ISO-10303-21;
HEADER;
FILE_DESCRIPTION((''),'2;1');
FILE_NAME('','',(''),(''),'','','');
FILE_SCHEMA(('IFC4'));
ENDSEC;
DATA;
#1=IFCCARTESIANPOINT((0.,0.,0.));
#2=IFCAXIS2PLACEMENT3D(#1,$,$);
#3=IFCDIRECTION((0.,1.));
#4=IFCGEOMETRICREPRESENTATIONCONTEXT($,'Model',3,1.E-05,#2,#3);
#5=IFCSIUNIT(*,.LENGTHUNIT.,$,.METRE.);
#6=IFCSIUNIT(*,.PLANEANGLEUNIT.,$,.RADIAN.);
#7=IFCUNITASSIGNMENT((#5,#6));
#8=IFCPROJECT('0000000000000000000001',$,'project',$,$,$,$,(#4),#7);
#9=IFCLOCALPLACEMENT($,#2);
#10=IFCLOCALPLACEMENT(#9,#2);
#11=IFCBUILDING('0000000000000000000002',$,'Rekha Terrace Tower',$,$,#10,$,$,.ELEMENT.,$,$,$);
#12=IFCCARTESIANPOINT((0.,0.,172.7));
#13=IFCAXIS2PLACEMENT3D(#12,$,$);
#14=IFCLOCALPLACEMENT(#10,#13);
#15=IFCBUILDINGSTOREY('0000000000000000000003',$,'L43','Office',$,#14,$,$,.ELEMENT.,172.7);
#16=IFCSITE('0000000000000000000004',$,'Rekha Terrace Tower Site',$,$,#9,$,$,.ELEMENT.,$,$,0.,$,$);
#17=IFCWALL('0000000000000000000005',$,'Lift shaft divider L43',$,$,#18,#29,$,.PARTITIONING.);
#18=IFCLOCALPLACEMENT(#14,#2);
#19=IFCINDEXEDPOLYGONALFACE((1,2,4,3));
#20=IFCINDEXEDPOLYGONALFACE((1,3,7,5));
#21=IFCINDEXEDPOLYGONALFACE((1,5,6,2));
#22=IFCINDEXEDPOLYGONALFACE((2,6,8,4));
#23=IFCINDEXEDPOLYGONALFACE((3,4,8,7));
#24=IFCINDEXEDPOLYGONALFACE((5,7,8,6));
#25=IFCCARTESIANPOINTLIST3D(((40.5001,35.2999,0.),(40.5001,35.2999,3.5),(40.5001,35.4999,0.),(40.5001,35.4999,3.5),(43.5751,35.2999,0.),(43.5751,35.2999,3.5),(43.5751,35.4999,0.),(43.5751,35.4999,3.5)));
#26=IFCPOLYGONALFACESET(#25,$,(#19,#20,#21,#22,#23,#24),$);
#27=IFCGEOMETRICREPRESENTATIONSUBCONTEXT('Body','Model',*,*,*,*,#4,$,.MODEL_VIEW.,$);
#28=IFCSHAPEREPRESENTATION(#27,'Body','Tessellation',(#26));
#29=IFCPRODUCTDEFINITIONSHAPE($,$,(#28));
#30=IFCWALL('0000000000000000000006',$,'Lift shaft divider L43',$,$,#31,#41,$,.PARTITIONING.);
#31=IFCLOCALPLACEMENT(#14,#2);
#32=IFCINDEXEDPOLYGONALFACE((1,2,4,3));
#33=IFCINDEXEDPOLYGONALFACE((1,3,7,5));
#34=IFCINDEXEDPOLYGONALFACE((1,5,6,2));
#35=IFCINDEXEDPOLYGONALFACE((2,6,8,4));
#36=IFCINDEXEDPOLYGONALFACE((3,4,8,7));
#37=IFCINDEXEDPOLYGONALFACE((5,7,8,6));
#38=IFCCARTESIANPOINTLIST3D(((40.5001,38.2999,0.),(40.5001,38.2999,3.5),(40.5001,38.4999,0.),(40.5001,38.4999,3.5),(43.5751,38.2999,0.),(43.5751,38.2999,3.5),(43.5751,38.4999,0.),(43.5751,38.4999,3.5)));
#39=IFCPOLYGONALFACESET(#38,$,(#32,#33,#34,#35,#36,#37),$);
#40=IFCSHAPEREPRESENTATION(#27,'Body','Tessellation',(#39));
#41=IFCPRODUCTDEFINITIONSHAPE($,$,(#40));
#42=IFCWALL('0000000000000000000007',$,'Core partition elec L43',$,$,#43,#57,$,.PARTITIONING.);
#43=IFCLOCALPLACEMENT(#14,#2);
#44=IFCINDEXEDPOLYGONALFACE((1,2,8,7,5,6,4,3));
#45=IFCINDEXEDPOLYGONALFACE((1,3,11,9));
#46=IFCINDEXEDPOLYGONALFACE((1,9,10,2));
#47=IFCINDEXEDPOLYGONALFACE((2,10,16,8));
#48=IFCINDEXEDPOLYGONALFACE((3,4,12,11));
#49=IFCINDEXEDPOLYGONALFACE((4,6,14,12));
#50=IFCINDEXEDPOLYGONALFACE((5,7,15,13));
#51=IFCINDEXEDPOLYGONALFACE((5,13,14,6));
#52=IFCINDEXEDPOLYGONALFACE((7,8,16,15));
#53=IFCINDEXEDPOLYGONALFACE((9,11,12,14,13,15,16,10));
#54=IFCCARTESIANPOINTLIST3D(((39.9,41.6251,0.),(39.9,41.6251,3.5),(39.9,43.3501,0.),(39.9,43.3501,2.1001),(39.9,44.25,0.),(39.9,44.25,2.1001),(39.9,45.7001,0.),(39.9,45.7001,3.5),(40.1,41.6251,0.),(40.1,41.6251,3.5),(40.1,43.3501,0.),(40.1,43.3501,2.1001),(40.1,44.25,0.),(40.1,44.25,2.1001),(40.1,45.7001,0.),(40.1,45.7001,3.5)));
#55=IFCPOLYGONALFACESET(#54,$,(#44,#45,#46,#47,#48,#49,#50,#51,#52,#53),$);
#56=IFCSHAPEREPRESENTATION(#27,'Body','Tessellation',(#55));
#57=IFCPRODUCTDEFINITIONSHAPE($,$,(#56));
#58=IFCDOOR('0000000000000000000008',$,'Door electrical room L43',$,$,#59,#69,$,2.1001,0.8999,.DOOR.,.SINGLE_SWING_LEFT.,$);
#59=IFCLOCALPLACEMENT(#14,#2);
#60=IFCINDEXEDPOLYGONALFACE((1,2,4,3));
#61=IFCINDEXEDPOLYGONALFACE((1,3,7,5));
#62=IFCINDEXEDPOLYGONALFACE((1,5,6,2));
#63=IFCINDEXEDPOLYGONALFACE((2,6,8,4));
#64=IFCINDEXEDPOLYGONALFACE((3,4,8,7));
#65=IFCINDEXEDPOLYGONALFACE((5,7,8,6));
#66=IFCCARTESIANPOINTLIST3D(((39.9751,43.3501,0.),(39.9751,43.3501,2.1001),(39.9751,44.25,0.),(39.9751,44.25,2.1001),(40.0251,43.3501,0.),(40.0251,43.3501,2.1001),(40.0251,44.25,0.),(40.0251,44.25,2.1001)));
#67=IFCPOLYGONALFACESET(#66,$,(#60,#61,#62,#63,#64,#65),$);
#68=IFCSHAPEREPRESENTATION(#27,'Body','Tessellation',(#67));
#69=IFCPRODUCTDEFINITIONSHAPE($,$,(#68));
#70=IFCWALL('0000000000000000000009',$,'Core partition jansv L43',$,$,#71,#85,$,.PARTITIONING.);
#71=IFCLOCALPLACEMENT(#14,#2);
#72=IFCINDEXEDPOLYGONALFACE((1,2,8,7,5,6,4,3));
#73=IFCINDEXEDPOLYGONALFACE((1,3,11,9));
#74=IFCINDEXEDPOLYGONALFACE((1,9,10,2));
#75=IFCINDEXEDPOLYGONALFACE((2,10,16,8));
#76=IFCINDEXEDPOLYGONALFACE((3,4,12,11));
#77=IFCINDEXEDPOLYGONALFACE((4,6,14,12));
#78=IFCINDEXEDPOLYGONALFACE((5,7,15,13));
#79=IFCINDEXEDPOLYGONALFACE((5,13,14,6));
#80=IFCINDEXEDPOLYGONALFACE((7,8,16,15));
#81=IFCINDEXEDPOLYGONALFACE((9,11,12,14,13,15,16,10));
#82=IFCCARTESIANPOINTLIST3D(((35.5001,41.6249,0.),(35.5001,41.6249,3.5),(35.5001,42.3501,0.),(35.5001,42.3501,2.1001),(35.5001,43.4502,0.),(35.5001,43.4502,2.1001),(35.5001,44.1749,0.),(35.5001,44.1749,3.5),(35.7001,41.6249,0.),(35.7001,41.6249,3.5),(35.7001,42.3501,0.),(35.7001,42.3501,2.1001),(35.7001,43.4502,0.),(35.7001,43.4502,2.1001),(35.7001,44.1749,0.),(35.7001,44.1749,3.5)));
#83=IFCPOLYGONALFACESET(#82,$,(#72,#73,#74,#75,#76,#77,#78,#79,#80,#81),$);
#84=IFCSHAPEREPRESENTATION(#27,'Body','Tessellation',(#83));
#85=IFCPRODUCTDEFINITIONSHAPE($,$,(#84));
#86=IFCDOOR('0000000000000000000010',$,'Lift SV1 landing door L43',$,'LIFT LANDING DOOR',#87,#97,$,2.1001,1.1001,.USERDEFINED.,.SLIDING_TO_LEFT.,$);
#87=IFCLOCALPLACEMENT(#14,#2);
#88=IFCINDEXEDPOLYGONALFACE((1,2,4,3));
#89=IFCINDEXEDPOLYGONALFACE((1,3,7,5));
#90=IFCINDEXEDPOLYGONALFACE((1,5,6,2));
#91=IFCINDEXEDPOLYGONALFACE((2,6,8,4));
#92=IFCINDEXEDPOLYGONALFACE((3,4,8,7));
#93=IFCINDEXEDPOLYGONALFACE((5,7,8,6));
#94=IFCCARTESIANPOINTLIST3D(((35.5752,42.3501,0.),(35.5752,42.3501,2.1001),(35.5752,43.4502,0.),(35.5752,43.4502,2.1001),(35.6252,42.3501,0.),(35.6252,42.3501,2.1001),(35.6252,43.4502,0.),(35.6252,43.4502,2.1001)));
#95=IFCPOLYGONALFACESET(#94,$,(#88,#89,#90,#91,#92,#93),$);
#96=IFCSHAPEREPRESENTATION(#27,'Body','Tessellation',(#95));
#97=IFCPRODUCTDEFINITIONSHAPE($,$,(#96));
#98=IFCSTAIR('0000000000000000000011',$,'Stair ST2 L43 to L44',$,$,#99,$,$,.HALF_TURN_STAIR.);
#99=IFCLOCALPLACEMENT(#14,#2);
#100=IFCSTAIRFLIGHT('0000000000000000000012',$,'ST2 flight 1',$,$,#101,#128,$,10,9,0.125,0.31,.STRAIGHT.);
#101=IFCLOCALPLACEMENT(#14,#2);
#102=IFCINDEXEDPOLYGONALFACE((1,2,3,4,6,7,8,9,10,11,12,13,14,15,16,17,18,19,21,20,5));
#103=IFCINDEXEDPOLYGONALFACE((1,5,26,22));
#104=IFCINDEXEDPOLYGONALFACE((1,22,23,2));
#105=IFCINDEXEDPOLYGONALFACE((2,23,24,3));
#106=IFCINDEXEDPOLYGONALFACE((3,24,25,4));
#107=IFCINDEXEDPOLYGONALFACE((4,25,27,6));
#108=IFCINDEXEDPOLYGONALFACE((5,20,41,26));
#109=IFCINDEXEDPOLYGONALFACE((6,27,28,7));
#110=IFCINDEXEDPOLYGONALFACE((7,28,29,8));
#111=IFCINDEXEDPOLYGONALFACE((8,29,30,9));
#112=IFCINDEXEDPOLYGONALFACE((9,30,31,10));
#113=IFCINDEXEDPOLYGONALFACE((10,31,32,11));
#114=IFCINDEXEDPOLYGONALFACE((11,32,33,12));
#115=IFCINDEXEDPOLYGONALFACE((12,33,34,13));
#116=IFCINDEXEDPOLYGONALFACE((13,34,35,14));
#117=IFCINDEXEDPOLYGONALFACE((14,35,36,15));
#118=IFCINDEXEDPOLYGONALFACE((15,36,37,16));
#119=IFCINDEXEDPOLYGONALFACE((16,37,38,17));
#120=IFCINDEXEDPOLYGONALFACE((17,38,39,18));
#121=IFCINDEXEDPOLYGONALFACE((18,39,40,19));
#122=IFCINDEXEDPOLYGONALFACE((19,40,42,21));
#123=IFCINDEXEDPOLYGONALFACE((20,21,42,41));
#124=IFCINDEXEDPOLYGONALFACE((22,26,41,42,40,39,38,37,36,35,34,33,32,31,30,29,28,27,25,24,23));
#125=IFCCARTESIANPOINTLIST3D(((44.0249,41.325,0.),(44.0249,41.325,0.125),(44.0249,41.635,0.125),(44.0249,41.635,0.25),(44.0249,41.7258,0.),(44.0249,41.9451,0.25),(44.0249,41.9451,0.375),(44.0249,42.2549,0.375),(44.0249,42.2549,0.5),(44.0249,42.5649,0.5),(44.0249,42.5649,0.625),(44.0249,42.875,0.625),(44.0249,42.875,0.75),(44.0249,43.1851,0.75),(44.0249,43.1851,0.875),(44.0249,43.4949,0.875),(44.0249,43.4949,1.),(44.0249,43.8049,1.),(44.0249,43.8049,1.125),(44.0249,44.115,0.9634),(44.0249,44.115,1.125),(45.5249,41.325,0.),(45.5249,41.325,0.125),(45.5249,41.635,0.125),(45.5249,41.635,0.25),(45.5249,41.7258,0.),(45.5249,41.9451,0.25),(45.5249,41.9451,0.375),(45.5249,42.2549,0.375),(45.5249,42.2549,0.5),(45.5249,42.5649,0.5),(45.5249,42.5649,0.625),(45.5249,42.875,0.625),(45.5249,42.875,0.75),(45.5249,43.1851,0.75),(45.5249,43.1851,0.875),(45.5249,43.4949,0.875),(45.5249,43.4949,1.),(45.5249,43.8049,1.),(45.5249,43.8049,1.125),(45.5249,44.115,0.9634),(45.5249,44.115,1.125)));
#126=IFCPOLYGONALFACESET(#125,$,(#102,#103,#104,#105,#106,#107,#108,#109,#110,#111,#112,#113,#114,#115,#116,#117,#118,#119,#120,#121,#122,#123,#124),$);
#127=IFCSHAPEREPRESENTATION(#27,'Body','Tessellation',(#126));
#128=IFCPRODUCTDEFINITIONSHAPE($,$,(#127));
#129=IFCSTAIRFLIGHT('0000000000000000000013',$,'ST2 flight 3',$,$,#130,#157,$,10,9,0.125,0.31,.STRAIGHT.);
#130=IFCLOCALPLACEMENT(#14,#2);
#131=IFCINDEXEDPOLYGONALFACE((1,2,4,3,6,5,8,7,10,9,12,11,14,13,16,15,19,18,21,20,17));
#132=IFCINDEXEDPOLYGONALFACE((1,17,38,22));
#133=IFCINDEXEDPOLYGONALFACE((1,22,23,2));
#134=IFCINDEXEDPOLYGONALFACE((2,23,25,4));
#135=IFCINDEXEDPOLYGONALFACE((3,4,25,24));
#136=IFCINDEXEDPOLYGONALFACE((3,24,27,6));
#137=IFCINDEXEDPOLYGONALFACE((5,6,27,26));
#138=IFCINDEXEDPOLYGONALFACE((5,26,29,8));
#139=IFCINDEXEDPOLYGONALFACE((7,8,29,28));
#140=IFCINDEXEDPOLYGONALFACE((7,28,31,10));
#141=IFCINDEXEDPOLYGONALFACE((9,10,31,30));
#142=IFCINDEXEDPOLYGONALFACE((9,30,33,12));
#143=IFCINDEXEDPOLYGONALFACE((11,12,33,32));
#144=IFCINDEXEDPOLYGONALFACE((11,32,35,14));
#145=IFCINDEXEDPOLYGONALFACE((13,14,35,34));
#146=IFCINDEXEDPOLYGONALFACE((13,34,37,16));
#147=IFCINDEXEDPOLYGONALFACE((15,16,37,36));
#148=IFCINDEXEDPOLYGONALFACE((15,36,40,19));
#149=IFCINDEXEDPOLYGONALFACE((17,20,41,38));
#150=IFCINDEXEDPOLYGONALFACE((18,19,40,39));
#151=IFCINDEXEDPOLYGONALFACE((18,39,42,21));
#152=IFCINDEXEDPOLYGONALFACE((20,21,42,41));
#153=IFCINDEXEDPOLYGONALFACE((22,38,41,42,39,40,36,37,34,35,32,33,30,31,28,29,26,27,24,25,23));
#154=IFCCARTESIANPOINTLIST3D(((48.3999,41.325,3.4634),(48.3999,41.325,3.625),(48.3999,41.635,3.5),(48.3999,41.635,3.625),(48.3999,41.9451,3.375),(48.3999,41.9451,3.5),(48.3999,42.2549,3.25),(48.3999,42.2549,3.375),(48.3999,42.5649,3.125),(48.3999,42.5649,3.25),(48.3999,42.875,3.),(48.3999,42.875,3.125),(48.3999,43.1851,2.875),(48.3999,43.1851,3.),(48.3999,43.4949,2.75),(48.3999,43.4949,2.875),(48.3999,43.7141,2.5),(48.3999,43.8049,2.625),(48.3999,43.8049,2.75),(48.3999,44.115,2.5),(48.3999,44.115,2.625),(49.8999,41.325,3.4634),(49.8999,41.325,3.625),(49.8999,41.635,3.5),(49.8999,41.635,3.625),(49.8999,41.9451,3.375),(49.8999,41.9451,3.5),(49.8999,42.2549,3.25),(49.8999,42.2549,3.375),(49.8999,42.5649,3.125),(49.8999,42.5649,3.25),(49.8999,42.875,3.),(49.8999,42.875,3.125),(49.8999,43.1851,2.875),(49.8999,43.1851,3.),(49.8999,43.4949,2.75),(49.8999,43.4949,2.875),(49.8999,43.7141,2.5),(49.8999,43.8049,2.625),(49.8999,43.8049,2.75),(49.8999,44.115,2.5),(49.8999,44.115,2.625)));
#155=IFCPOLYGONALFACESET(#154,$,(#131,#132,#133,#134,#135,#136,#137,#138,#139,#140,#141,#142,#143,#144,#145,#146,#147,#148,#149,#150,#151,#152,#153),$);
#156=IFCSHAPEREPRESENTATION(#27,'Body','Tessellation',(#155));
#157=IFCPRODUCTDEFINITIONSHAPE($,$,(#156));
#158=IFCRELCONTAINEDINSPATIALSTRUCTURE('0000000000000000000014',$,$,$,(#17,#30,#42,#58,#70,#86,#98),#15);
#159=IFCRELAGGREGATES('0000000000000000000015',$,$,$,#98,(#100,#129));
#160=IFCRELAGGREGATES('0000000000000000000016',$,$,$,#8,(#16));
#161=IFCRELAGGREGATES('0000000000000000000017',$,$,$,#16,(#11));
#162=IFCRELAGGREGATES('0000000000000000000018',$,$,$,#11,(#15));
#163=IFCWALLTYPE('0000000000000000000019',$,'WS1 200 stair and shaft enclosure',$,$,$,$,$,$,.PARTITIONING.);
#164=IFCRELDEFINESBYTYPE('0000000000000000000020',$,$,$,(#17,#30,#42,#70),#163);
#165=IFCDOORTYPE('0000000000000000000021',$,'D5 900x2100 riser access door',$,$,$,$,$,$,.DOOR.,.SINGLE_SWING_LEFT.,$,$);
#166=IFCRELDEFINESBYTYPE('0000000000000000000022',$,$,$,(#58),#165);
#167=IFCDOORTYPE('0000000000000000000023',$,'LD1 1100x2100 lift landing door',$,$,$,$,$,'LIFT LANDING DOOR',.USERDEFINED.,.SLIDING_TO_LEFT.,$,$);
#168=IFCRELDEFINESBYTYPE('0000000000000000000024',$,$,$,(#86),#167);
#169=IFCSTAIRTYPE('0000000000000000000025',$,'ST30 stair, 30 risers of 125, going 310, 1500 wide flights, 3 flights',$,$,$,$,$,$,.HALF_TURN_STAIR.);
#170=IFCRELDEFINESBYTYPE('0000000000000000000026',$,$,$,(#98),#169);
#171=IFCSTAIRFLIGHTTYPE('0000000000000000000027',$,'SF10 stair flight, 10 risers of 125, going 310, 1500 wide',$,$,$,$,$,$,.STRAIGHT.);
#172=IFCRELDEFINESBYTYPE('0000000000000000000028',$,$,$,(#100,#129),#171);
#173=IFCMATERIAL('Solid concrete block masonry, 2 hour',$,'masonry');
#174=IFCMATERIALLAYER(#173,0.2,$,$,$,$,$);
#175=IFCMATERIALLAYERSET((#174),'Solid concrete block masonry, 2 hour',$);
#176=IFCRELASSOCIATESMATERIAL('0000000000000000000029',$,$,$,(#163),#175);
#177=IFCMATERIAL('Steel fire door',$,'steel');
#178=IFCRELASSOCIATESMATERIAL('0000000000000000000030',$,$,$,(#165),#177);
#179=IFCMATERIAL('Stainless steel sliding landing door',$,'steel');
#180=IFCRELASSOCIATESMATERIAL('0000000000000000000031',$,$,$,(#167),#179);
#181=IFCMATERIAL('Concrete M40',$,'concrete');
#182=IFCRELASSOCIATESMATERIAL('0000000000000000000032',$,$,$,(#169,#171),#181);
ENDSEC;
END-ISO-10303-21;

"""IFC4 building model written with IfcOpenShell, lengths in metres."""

from ifc_helpers import new_model, si_unit, direction, frame, frame_2d, origin, place, context, subcontext, project, spatial, polyline, rectangle, outline, extrude, material, layer, layer_set, type_object, element, fill, aggregate, save


model = new_model("IFC4")

# Units and contexts
model_context = context("Model", 3, precision=1e-05, world=origin(), true_north=direction((0.0, 1.0)))
body_context = subcontext(model_context, "Body", "Model", "MODEL_VIEW")
ifc_project = project(units=[si_unit("LENGTHUNIT", "METRE"), si_unit("PLANEANGLEUNIT", "RADIAN")], contexts=[model_context])

# Site, building, storey
site_placement = place(None, origin())
site = spatial("IfcSite", under=ifc_project, at=site_placement, Name="Rekha Terrace Tower Site", CompositionType="ELEMENT", RefElevation=0.0)
building_placement = place(site_placement, origin())
building = spatial("IfcBuilding", under=site, at=building_placement, Name="Rekha Terrace Tower", CompositionType="ELEMENT")
storey_placement = place(building_placement, frame((0.0, 0.0, 172.7)))
storey = spatial("IfcBuildingStorey", under=building, at=storey_placement, Name="L43", Description="Office", CompositionType="ELEMENT", Elevation=172.7)

# Shared definitions
ifc_material_1 = material(Name="Stainless steel sliding landing door", Category="steel")
ifc_material_2 = material(Name="Steel fire door", Category="steel")

# Walls
ifc_material_3 = material(Name="Solid concrete block masonry, 2 hour", Category="masonry")
ifc_layer_1 = layer(ifc_material_3, 0.2)
ifc_layer_set_1 = layer_set([ifc_layer_1], Name="Solid concrete block masonry, 2 hour")
wall_type_1 = type_object("IfcWallType", Name="WS1 200 stair and shaft enclosure", PredefinedType="PARTITIONING", material=ifc_layer_set_1)
for number, where, z_axis, x_axis, name in (
    (1, (40.5, 35.3999, 0.0), (0.0, 0.0, 1.0), (1.0, 0.0, 0.0), "Lift shaft divider L43"),
    (2, (40.5, 38.3999, 0.0), (0.0, 0.0, 1.0), (1.0, 0.0, 0.0), "Lift shaft divider L43"),
):
    element("IfcWall", number, at=place(storey_placement, frame(where, z_axis=z_axis, x_axis=x_axis)), inside=storey, type_object=wall_type_1, Name=name, PredefinedType="PARTITIONING", context=body_context, shape_type="SweptSolid", body=[
        extrude(rectangle(XDim=3.075, YDim=0.2, at=frame_2d((1.5376, 0.0))), origin(), (0.0, 0.0, 1.0), 3.5),
    ])

# Walls, openings, doors
wall_1_placement = place(storey_placement, frame((40.0, 41.625, 0.0), z_axis=(0.0, 0.0, 1.0), x_axis=(0.0, 1.0, 0.0)))
wall_1 = element("IfcWall", 3, at=wall_1_placement, inside=storey, type_object=wall_type_1, Name="Core partition elec L43", PredefinedType="PARTITIONING", context=body_context, shape_type="SweptSolid", body=[
    extrude(rectangle(XDim=4.075, YDim=0.2, at=frame_2d((2.0376, 0.0))), origin(), (0.0, 0.0, 1.0), 3.5),
])
opening_1_placement = place(wall_1_placement, frame((1.7251, 0.0, 0.0)))
opening_1 = element("IfcOpeningElement", 4, at=opening_1_placement, cuts=wall_1, PredefinedType="OPENING", context=body_context, shape_type="SweptSolid", body=[
    extrude(rectangle(XDim=0.8999, YDim=2.1001, at=frame_2d((0.45, 1.05))), frame((0.0, 0.1099, 0.0), z_axis=(0.0, -1.0, 0.0), x_axis=(1.0, 0.0, 0.0)), (0.0, 0.0, 1.0), 0.22),
])
door_type_1 = type_object("IfcDoorType", Name="D5 900x2100 riser access door", OperationType="SINGLE_SWING_LEFT", PredefinedType="DOOR", material=ifc_material_2)
door_1_placement = place(opening_1_placement, origin())
door_1 = element("IfcDoor", 5, at=door_1_placement, inside=storey, type_object=door_type_1, Name="Door electrical room L43", OperationType="SINGLE_SWING_LEFT", OverallHeight=2.1001, OverallWidth=0.8999, PredefinedType="DOOR", context=body_context, shape_type="SweptSolid", body=[
    extrude(rectangle(XDim=0.8999, YDim=2.1001, at=frame_2d((0.45, 1.05))), frame((0.0, 0.0249, 0.0), z_axis=(0.0, -1.0, 0.0), x_axis=(1.0, 0.0, 0.0)), (0.0, 0.0, 1.0), 0.05),
])
fill(opening_1, door_1)
wall_2_placement = place(storey_placement, frame((35.6001, 41.625, 0.0), z_axis=(0.0, 0.0, 1.0), x_axis=(0.0, 1.0, 0.0)))
wall_2 = element("IfcWall", 6, at=wall_2_placement, inside=storey, type_object=wall_type_1, Name="Core partition jansv L43", PredefinedType="PARTITIONING", context=body_context, shape_type="SweptSolid", body=[
    extrude(rectangle(XDim=2.55, YDim=0.2, at=frame_2d((1.2749, 0.0))), origin(), (0.0, 0.0, 1.0), 3.5),
])
opening_2_placement = place(wall_2_placement, frame((0.7251, 0.0, 0.0)))
opening_2 = element("IfcOpeningElement", 7, at=opening_2_placement, cuts=wall_2, PredefinedType="OPENING", context=body_context, shape_type="SweptSolid", body=[
    extrude(rectangle(XDim=1.1001, YDim=2.1001, at=frame_2d((0.55, 1.05))), frame((0.0, 0.1099, 0.0), z_axis=(0.0, -1.0, 0.0), x_axis=(1.0, 0.0, 0.0)), (0.0, 0.0, 1.0), 0.22),
])
door_type_2 = type_object("IfcDoorType", Name="LD1 1100x2100 lift landing door", ElementType="LIFT LANDING DOOR", OperationType="SLIDING_TO_LEFT", PredefinedType="USERDEFINED", material=ifc_material_1)
door_2_placement = place(opening_2_placement, origin())
door_2 = element("IfcDoor", 8, at=door_2_placement, inside=storey, type_object=door_type_2, Name="Lift SV1 landing door L43", ObjectType="LIFT LANDING DOOR", OperationType="SLIDING_TO_LEFT", OverallHeight=2.1001, OverallWidth=1.1001, PredefinedType="USERDEFINED", context=body_context, shape_type="SweptSolid", body=[
    extrude(rectangle(XDim=1.1001, YDim=2.1001, at=frame_2d((0.55, 1.05))), frame((0.0, 0.0249, 0.0), z_axis=(0.0, -1.0, 0.0), x_axis=(1.0, 0.0, 0.0)), (0.0, 0.0, 1.0), 0.05),
])
fill(opening_2, door_2)

# Stair, stair flights
ifc_material_4 = material(Name="Concrete M40", Category="concrete")
stair_type = type_object("IfcStairType", Name="ST30 stair, 30 risers of 125, going 310, 1500 wide flights, 3 flights", PredefinedType="HALF_TURN_STAIR", material=ifc_material_4)
stair_placement = place(storey_placement, origin())
stair = element("IfcStair", 9, at=stair_placement, inside=storey, type_object=stair_type, Name="Stair ST2 L43 to L44", PredefinedType="HALF_TURN_STAIR")
stair_flight_type = type_object("IfcStairFlightType", Name="SF10 stair flight, 10 risers of 125, going 310, 1500 wide", PredefinedType="STRAIGHT", material=ifc_material_4)
stair_flight_1_placement = place(storey_placement, frame((44.7749, 41.325, 0.0), z_axis=(0.0, 0.0, 1.0), x_axis=(0.0, 1.0, 0.0)))
stair_flight_1 = element("IfcStairFlight", 10, at=stair_flight_1_placement, type_object=stair_flight_type, Name="ST2 flight 1", NumberOfRisers=10, NumberOfTreads=9, PredefinedType="STRAIGHT", RiserHeight=0.125, TreadLength=0.31, context=body_context, shape_type="SweptSolid", body=[
    extrude(outline(polyline([(0.0, 0.0), (0.0, 0.125), (0.3101, 0.125), (0.3101, 0.25), (0.6201, 0.25), (0.6201, 0.375), (0.9299, 0.375), (0.9299, 0.5), (1.24, 0.5), (1.24, 0.625), (1.55, 0.625), (1.55, 0.75), (1.8601, 0.75), (1.8601, 0.875), (2.1699, 0.875), (2.1699, 1.0), (2.48, 1.0), (2.48, 1.125), (2.79, 1.125), (2.79, 1.25), (2.79, 0.9634), (0.4009, 0.0), (0.0, 0.0)])), frame((0.0, 0.75, 0.0), z_axis=(0.0, -1.0, 0.0), x_axis=(1.0, 0.0, 0.0)), (0.0, 0.0, 1.0), 1.5),
])
stair_flight_2_placement = place(storey_placement, frame((49.1499, 44.115, 2.5), z_axis=(0.0, 0.0, 1.0), x_axis=(0.0, -1.0, 0.0)))
stair_flight_2 = element("IfcStairFlight", 11, at=stair_flight_2_placement, type_object=stair_flight_type, Name="ST2 flight 3", NumberOfRisers=10, NumberOfTreads=9, PredefinedType="STRAIGHT", RiserHeight=0.125, TreadLength=0.31, context=body_context, shape_type="SweptSolid", body=[
    extrude(outline(polyline([(0.0, 0.0), (0.0, 0.125), (0.3101, 0.125), (0.3101, 0.25), (0.6201, 0.25), (0.6201, 0.375), (0.9299, 0.375), (0.9299, 0.5), (1.24, 0.5), (1.24, 0.625), (1.55, 0.625), (1.55, 0.75), (1.8601, 0.75), (1.8601, 0.875), (2.1699, 0.875), (2.1699, 1.0), (2.48, 1.0), (2.48, 1.125), (2.79, 1.125), (2.79, 1.25), (2.79, 0.9634), (0.4009, 0.0), (0.0, 0.0)])), frame((0.0, 0.75, 0.0), z_axis=(0.0, -1.0, 0.0), x_axis=(1.0, 0.0, 0.0)), (0.0, 0.0, 1.0), 1.5),
])
aggregate(stair, [stair_flight_1, stair_flight_2])

save(model, "model.ifc")
